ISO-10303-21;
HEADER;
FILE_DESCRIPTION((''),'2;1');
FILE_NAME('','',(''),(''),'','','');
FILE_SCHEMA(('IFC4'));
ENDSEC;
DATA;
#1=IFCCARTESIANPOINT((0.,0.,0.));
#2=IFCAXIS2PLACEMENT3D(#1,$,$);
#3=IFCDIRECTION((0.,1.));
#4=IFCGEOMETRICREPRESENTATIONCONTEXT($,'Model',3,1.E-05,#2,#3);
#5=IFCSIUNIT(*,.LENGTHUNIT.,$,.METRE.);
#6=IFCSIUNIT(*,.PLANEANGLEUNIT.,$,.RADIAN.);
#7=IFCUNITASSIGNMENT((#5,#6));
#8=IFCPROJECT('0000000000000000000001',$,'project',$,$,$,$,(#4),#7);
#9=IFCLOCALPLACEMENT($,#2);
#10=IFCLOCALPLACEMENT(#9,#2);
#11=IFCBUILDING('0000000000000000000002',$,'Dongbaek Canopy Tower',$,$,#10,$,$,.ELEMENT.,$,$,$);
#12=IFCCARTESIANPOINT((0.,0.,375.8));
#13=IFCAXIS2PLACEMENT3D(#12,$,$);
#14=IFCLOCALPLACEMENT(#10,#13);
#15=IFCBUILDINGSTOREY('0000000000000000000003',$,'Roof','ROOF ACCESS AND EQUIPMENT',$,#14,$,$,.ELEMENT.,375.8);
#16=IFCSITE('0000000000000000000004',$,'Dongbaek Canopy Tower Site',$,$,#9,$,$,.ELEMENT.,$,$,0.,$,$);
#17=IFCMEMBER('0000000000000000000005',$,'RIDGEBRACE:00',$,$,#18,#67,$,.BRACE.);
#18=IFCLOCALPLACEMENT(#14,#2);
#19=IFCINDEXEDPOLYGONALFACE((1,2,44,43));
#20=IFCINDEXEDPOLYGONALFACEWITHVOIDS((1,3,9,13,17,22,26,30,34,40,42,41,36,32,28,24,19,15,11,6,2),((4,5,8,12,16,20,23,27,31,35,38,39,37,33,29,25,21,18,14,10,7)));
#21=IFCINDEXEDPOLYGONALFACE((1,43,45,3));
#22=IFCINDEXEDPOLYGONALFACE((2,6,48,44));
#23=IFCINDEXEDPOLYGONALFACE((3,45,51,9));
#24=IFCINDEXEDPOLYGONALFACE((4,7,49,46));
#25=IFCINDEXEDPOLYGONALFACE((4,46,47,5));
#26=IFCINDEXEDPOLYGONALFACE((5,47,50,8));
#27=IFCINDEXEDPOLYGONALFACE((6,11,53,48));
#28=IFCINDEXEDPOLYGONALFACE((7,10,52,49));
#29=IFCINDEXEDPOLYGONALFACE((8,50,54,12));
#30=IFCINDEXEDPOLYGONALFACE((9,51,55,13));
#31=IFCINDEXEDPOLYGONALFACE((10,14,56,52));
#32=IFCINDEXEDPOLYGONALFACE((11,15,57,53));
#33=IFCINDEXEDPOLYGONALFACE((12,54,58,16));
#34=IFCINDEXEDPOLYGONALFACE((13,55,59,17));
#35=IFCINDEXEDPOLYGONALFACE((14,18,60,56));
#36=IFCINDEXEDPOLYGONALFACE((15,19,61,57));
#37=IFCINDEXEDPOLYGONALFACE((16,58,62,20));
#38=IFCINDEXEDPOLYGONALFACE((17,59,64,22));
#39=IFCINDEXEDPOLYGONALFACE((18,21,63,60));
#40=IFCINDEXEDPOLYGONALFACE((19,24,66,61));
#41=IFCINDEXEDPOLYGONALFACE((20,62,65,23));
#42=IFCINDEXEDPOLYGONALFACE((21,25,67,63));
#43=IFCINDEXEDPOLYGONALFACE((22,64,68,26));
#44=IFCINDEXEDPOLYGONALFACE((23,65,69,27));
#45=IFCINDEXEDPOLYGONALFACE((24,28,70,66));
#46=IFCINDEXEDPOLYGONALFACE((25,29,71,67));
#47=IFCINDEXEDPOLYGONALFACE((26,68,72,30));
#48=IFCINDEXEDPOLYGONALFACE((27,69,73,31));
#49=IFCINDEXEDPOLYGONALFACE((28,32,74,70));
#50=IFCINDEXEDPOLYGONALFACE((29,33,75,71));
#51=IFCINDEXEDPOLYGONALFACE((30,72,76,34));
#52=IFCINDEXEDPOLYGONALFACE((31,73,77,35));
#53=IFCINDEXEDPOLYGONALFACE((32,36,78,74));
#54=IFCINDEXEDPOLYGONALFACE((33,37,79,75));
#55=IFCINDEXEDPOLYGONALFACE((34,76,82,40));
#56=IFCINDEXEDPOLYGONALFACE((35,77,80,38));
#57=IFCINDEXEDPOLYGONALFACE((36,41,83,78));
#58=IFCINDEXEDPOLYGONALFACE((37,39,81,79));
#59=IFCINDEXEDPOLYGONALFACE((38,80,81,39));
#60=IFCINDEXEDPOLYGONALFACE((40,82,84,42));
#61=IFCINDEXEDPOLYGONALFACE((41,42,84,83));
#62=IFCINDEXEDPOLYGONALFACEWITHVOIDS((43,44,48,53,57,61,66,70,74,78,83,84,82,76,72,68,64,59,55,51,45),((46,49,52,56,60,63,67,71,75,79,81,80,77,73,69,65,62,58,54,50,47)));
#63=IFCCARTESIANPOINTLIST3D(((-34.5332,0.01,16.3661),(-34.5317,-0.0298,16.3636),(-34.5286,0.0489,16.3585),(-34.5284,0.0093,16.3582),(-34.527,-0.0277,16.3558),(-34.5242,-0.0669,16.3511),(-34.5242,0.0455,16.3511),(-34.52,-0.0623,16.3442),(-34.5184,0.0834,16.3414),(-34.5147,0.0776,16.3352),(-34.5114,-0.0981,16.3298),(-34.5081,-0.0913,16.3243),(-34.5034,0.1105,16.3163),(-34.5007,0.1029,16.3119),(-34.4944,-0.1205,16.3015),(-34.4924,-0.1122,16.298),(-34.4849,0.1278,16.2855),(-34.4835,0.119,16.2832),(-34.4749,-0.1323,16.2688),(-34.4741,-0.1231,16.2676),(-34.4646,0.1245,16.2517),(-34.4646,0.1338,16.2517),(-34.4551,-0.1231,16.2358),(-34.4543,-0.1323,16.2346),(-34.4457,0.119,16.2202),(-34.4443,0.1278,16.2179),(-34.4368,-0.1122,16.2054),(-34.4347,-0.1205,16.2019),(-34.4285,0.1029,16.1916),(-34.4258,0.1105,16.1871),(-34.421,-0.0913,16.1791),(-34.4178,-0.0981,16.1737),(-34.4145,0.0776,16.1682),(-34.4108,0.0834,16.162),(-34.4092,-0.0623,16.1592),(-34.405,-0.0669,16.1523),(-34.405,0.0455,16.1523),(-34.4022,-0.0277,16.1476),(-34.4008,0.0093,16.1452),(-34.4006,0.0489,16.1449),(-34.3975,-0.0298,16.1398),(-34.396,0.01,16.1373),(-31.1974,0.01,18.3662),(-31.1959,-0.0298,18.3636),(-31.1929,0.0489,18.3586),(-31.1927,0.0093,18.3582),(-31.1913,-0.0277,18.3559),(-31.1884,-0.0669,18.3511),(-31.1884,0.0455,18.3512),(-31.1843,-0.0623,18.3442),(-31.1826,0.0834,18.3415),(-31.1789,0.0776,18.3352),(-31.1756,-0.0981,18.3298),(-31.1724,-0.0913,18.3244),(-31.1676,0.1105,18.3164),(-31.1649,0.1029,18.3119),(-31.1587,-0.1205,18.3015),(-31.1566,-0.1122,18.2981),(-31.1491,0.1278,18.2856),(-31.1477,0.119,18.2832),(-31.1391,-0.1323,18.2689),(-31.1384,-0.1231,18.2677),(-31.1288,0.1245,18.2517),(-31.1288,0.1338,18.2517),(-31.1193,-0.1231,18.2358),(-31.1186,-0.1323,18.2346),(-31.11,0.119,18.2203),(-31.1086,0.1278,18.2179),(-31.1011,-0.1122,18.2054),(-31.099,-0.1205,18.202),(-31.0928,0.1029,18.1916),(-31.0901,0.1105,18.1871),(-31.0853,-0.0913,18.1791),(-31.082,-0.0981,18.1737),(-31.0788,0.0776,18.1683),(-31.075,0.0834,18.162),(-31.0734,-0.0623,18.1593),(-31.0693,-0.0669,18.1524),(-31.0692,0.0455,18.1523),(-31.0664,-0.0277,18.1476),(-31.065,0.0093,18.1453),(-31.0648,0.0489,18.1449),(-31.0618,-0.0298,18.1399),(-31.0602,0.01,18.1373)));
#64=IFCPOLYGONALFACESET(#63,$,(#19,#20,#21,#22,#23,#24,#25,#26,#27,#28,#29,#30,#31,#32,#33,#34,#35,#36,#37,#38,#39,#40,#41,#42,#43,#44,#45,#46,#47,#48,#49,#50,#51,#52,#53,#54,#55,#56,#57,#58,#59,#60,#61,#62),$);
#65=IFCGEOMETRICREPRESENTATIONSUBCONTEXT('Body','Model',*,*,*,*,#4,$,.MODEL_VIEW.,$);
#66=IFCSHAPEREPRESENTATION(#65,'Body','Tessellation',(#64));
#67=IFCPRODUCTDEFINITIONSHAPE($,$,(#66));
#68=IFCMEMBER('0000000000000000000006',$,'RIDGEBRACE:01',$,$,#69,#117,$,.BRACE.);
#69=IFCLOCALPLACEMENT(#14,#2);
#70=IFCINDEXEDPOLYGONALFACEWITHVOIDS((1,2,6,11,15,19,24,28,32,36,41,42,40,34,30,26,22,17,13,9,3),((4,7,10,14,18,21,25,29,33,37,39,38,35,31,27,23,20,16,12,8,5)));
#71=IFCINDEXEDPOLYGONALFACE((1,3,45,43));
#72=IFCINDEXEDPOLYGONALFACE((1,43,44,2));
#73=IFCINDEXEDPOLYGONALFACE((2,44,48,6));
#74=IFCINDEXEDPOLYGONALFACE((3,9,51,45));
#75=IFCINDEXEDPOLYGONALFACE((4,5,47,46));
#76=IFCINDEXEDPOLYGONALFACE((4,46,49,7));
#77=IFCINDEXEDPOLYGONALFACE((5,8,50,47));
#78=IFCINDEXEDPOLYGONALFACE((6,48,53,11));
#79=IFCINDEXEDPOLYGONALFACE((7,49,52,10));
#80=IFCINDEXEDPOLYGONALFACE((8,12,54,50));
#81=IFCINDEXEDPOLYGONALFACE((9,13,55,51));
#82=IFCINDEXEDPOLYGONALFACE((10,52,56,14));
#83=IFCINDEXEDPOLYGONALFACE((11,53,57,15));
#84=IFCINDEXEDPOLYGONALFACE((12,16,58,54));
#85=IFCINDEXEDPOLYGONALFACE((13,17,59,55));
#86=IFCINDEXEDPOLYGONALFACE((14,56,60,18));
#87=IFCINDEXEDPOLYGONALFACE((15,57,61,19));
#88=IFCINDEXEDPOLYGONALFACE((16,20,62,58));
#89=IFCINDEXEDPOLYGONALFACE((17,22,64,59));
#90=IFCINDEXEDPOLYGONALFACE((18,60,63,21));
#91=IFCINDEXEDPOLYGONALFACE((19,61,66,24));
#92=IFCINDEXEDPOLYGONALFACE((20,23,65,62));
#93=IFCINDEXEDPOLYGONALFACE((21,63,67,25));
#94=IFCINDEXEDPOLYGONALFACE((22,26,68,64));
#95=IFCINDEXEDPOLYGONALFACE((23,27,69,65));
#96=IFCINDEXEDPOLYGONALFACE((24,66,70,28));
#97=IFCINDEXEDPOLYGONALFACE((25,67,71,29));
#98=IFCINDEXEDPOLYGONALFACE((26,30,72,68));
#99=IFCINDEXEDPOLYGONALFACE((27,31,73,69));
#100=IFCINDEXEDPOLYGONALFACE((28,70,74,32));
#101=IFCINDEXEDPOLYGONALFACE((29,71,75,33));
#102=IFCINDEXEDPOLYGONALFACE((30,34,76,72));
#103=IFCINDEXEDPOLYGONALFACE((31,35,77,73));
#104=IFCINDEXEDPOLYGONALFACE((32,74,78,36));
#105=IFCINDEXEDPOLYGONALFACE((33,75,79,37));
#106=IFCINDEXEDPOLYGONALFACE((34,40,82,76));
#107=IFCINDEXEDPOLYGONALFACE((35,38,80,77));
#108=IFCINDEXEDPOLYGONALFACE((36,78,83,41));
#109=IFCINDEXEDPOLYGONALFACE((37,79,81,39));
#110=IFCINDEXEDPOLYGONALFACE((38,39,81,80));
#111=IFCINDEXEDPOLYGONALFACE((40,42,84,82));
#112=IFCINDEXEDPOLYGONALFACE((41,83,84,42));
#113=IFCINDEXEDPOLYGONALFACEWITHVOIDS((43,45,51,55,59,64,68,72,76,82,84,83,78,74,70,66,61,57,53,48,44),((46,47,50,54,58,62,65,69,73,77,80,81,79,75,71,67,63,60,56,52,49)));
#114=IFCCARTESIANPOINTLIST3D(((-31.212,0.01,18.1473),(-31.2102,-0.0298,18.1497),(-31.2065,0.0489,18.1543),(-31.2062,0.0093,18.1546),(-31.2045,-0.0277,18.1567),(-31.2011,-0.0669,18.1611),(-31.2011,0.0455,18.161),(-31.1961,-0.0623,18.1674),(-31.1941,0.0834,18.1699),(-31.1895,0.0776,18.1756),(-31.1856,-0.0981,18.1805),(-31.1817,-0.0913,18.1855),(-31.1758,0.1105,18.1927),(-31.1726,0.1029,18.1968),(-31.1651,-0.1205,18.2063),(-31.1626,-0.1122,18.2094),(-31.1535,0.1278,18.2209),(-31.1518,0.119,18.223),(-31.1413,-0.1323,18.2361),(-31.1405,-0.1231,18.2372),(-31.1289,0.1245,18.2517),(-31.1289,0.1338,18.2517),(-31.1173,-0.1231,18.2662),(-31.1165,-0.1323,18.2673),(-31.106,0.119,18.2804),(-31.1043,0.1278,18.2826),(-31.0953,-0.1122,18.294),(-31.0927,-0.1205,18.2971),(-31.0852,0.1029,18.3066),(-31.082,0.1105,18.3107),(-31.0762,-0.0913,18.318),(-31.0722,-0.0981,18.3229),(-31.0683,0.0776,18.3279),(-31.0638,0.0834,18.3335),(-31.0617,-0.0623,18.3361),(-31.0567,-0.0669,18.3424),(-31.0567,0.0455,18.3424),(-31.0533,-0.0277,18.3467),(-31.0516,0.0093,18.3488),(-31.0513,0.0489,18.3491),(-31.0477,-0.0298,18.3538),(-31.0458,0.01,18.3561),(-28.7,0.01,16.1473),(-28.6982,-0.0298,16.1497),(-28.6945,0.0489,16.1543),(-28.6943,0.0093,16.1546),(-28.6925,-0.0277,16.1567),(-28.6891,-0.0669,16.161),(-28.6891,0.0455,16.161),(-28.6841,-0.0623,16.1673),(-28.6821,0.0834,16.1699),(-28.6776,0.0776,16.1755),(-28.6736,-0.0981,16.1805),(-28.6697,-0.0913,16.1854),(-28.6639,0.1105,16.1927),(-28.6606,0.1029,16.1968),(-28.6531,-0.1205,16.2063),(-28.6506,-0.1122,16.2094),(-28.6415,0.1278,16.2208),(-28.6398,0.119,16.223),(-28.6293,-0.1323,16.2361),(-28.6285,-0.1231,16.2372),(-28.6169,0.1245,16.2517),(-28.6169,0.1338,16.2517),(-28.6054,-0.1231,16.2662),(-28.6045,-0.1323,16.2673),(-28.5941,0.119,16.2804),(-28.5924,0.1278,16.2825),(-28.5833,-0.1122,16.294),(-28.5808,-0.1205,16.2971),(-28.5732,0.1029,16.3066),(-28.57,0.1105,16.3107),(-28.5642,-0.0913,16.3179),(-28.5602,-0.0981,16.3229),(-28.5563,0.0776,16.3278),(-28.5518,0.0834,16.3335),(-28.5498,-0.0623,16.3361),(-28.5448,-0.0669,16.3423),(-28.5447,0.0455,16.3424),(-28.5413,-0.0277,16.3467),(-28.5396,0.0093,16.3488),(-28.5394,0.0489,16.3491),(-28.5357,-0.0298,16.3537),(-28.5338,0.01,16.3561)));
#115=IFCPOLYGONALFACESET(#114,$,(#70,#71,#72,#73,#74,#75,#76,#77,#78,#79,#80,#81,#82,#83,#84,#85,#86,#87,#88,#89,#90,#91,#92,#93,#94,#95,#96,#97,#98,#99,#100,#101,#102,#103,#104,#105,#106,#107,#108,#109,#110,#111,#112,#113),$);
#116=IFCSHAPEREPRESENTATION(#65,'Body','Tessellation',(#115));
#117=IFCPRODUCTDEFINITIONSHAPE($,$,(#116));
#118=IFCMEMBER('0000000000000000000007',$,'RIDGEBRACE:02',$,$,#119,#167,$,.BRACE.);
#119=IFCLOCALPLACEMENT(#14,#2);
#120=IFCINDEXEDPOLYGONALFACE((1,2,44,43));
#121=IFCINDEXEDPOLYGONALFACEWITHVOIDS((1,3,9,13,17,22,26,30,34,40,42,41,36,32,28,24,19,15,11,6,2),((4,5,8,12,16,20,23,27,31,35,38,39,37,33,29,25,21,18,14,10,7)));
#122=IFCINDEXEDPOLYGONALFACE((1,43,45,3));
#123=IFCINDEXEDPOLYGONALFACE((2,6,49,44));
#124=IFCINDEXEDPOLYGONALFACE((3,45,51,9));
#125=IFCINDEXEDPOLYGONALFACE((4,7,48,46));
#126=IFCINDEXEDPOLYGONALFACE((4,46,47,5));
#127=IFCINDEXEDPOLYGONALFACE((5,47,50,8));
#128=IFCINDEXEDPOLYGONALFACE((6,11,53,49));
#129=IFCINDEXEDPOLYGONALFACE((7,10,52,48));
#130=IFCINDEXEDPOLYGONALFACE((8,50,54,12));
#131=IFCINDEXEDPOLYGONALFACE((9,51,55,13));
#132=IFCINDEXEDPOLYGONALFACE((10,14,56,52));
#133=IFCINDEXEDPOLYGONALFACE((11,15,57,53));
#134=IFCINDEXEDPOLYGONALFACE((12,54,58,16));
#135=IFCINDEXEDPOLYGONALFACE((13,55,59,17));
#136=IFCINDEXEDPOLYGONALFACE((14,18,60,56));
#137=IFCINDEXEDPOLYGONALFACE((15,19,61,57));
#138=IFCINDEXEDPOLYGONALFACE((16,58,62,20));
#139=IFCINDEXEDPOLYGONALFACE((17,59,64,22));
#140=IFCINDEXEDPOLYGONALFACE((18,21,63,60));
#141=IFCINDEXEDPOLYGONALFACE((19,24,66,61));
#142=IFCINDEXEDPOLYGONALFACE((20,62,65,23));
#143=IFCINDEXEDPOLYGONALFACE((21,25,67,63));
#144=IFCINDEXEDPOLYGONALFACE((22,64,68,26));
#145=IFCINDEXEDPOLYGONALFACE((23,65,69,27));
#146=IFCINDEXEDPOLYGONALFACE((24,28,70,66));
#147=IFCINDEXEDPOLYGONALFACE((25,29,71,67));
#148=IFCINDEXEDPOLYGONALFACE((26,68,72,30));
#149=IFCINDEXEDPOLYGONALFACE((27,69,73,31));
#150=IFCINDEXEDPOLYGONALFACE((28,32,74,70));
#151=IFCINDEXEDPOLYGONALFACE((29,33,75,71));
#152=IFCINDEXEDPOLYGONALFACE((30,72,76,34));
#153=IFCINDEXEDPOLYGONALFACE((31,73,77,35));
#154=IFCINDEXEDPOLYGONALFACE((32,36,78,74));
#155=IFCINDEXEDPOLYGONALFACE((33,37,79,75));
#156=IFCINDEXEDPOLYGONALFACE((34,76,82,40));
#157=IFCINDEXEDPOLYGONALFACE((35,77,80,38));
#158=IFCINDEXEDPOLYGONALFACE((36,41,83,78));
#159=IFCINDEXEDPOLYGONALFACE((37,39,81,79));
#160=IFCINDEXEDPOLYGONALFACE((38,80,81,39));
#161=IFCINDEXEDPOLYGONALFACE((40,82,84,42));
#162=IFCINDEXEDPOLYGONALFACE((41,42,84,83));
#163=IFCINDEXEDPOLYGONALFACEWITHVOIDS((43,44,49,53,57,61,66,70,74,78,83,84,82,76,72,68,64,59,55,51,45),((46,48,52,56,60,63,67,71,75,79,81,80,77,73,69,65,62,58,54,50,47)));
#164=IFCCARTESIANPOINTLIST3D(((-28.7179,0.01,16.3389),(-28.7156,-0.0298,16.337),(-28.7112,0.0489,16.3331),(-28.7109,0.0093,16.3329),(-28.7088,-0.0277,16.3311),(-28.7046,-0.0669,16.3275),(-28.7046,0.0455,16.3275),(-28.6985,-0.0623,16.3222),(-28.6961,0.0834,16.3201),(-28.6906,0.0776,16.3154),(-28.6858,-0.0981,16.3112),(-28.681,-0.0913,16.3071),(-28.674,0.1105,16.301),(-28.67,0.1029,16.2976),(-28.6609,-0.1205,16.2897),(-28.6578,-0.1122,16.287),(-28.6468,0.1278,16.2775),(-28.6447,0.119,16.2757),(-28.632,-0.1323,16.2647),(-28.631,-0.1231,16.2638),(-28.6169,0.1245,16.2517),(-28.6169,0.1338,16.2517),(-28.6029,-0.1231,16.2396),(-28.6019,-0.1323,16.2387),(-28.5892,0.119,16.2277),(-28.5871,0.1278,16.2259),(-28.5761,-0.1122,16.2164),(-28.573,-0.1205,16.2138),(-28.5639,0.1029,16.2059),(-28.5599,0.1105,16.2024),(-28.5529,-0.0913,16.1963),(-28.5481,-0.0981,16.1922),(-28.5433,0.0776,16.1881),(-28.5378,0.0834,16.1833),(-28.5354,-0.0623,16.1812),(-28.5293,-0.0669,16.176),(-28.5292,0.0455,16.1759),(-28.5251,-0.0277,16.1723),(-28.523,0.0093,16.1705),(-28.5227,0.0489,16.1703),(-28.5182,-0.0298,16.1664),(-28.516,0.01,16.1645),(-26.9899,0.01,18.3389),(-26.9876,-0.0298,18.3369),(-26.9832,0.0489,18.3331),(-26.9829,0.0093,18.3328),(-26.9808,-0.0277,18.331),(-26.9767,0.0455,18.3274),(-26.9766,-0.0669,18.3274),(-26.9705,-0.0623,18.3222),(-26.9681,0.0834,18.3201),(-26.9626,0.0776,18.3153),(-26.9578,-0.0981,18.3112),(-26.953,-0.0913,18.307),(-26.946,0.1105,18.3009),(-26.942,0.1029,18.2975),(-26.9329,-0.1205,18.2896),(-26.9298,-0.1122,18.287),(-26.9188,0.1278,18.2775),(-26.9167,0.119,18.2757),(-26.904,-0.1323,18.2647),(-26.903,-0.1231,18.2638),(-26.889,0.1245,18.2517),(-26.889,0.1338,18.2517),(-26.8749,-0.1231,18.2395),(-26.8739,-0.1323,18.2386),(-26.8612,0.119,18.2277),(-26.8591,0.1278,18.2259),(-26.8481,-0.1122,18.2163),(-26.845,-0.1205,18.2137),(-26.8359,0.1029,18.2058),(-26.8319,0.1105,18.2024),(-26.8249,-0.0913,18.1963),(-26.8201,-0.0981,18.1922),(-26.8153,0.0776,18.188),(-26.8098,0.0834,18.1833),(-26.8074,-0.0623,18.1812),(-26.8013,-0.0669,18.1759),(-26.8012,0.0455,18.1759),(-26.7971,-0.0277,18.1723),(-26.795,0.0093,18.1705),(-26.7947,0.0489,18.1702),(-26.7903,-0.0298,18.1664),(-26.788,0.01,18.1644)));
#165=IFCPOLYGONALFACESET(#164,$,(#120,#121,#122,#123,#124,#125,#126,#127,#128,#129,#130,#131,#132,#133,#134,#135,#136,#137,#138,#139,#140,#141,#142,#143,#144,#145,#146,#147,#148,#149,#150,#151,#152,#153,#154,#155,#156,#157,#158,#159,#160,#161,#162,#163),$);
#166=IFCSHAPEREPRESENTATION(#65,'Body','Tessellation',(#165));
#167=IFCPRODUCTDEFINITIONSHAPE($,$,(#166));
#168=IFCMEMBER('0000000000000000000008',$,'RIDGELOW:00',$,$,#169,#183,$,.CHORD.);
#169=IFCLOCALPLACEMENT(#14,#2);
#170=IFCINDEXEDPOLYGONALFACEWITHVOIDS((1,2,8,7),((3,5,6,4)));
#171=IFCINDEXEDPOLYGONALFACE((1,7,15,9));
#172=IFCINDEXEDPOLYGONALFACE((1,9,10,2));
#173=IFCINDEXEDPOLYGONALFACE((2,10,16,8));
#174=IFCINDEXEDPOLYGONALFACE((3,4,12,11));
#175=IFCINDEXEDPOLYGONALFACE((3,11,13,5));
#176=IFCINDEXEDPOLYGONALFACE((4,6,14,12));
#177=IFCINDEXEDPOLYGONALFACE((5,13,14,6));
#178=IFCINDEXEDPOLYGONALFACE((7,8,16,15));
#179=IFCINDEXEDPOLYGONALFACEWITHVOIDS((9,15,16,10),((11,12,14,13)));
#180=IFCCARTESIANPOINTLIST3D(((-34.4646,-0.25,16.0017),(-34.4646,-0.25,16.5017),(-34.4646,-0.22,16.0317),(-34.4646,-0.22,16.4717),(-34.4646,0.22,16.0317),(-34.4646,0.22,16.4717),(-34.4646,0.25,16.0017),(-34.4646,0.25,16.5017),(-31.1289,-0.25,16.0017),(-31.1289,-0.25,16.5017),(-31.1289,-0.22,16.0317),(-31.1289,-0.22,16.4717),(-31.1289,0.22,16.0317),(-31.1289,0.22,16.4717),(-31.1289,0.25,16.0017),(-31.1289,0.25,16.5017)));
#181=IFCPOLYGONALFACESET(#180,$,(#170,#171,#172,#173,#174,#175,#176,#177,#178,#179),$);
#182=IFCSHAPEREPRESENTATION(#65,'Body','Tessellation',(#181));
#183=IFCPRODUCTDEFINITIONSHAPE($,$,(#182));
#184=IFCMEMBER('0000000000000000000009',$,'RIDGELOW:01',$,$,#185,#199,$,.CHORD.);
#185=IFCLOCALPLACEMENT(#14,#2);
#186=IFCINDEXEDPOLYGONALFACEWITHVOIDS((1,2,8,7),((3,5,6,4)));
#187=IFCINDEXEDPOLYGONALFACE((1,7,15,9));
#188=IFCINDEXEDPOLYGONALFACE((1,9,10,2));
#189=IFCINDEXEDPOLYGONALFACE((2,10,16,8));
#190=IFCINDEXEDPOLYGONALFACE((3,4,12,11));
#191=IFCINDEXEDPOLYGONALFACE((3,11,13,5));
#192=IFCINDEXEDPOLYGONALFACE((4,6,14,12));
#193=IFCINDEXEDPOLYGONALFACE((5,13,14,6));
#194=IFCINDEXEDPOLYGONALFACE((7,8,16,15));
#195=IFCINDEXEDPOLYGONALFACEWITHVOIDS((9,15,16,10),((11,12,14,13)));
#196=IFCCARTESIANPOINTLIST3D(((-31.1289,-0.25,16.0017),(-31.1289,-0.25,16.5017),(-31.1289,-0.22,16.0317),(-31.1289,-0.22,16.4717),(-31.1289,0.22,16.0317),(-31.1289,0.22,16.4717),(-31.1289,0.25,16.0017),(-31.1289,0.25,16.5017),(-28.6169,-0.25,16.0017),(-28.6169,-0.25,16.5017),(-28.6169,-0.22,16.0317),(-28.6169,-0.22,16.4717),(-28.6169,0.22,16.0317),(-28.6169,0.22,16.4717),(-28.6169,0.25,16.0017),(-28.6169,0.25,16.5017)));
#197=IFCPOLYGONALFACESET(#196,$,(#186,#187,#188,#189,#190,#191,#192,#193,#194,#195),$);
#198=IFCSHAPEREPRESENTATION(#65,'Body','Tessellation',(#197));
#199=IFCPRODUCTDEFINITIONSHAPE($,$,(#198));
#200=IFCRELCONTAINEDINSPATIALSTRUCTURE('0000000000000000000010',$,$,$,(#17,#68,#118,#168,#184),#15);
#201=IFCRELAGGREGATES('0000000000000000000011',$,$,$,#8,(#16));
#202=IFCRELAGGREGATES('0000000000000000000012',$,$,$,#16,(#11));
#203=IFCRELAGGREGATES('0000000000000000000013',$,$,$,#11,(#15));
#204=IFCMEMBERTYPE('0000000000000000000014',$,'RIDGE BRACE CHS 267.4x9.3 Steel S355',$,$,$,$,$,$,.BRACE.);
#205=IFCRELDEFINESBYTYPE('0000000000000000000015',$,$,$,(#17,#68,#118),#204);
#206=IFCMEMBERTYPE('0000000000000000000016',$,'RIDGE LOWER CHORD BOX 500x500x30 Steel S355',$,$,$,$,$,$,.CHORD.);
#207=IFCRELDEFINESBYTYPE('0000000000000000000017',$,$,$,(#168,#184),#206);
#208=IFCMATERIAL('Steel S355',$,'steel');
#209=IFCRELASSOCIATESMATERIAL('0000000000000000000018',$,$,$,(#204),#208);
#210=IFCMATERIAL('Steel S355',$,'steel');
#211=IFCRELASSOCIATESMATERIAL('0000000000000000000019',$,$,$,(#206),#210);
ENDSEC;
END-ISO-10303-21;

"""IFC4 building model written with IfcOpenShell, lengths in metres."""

from ifc_helpers import new_model, si_unit, direction, frame, origin, origin_2d, place, context, subcontext, project, spatial, hollow_rectangle, hollow_circle, extrude, material, material_profile, profile_set, type_object, element, save


model = new_model("IFC4")

# Units and contexts
model_context = context("Model", 3, precision=1e-05, world=origin(), true_north=direction((0.0, 1.0)))
body_context = subcontext(model_context, "Body", "Model", "MODEL_VIEW")
ifc_project = project(units=[si_unit("LENGTHUNIT", "METRE"), si_unit("PLANEANGLEUNIT", "RADIAN")], contexts=[model_context])

# Site, building, storey
site_placement = place(None, origin())
site = spatial("IfcSite", under=ifc_project, at=site_placement, Name="Dongbaek Canopy Tower Site", CompositionType="ELEMENT", RefElevation=0.0)
building_placement = place(site_placement, origin())
building = spatial("IfcBuilding", under=site, at=building_placement, Name="Dongbaek Canopy Tower", CompositionType="ELEMENT")
storey_placement = place(building_placement, frame((0.0, 0.0, 375.8)))
storey = spatial("IfcBuildingStorey", under=building, at=storey_placement, Name="Roof", Description="ROOF ACCESS AND EQUIPMENT", CompositionType="ELEMENT", Elevation=375.8)

# Members
ifc_material_1 = material(Name="Steel S355", Category="steel")
ifc_material_profile_1 = material_profile(ifc_material_1, hollow_circle(Radius=0.1338, WallThickness=0.0093, at=origin_2d()), Name="RIDGE BRACE CHS 267.4x9.3 Steel S355")
ifc_profile_set_1 = profile_set([ifc_material_profile_1], Name="Steel S355")
member_type_1 = type_object("IfcMemberType", Name="RIDGE BRACE CHS 267.4x9.3 Steel S355", PredefinedType="BRACE", material=ifc_profile_set_1)
member_1_placement = place(storey_placement, frame((-34.4646, 0.0, 16.2517), z_axis=(0.857654, 0.0, 0.514228), x_axis=(0.0, 1.0, 0.0)))
element("IfcMember", 1, at=member_1_placement, inside=storey, type_object=member_type_1, Name="RIDGEBRACE:00", PredefinedType="BRACE", context=body_context, shape_type="SweptSolid", body=[
    extrude(hollow_circle(Radius=0.1338, WallThickness=0.0093, at=origin_2d()), origin(), (0.0, 0.0, 1.0), 3.8894),
])
member_2_placement = place(storey_placement, frame((-31.1289, 0.0, 18.2517), z_axis=(0.782321, 0.0, -0.622876), x_axis=(0.0, 1.0, 0.0)))
element("IfcMember", 2, at=member_2_placement, inside=storey, type_object=member_type_1, Name="RIDGEBRACE:01", PredefinedType="BRACE", context=body_context, shape_type="SweptSolid", body=[
    extrude(hollow_circle(Radius=0.1338, WallThickness=0.0093, at=origin_2d()), origin(), (0.0, 0.0, 1.0), 3.2109),
])
member_3_placement = place(storey_placement, frame((-28.6169, 0.0, 16.2517), z_axis=(0.653783, 0.0, 0.756682), x_axis=(0.0, 1.0, 0.0)))
element("IfcMember", 3, at=member_3_placement, inside=storey, type_object=member_type_1, Name="RIDGEBRACE:02", PredefinedType="BRACE", context=body_context, shape_type="SweptSolid", body=[
    extrude(hollow_circle(Radius=0.1338, WallThickness=0.0093, at=origin_2d()), origin(), (0.0, 0.0, 1.0), 2.6431),
])
ifc_material_2 = material(Name="Steel S355", Category="steel")
ifc_material_profile_2 = material_profile(ifc_material_2, hollow_rectangle(XDim=0.5, YDim=0.5, WallThickness=0.03, at=origin_2d()), Name="RIDGE LOWER CHORD BOX 500x500x30 Steel S355")
ifc_profile_set_2 = profile_set([ifc_material_profile_2], Name="Steel S355")
member_type_2 = type_object("IfcMemberType", Name="RIDGE LOWER CHORD BOX 500x500x30 Steel S355", PredefinedType="CHORD", material=ifc_profile_set_2)
member_4_placement = place(storey_placement, frame((-34.4646, 0.0, 16.2517), z_axis=(1.0, 0.0, 0.0), x_axis=(0.0, 1.0, 0.0)))
element("IfcMember", 4, at=member_4_placement, inside=storey, type_object=member_type_2, Name="RIDGELOW:00", PredefinedType="CHORD", context=body_context, shape_type="SweptSolid", body=[
    extrude(hollow_rectangle(XDim=0.5, YDim=0.5, WallThickness=0.03, at=origin_2d()), origin(), (0.0, 0.0, 1.0), 3.3357),
])
member_5_placement = place(storey_placement, frame((-31.1289, 0.0, 16.2517), z_axis=(1.0, 0.0, 0.0), x_axis=(0.0, 1.0, 0.0)))
element("IfcMember", 5, at=member_5_placement, inside=storey, type_object=member_type_2, Name="RIDGELOW:01", PredefinedType="CHORD", context=body_context, shape_type="SweptSolid", body=[
    extrude(hollow_rectangle(XDim=0.5, YDim=0.5, WallThickness=0.03, at=origin_2d()), origin(), (0.0, 0.0, 1.0), 2.512),
])

save(model, "model.ifc")
